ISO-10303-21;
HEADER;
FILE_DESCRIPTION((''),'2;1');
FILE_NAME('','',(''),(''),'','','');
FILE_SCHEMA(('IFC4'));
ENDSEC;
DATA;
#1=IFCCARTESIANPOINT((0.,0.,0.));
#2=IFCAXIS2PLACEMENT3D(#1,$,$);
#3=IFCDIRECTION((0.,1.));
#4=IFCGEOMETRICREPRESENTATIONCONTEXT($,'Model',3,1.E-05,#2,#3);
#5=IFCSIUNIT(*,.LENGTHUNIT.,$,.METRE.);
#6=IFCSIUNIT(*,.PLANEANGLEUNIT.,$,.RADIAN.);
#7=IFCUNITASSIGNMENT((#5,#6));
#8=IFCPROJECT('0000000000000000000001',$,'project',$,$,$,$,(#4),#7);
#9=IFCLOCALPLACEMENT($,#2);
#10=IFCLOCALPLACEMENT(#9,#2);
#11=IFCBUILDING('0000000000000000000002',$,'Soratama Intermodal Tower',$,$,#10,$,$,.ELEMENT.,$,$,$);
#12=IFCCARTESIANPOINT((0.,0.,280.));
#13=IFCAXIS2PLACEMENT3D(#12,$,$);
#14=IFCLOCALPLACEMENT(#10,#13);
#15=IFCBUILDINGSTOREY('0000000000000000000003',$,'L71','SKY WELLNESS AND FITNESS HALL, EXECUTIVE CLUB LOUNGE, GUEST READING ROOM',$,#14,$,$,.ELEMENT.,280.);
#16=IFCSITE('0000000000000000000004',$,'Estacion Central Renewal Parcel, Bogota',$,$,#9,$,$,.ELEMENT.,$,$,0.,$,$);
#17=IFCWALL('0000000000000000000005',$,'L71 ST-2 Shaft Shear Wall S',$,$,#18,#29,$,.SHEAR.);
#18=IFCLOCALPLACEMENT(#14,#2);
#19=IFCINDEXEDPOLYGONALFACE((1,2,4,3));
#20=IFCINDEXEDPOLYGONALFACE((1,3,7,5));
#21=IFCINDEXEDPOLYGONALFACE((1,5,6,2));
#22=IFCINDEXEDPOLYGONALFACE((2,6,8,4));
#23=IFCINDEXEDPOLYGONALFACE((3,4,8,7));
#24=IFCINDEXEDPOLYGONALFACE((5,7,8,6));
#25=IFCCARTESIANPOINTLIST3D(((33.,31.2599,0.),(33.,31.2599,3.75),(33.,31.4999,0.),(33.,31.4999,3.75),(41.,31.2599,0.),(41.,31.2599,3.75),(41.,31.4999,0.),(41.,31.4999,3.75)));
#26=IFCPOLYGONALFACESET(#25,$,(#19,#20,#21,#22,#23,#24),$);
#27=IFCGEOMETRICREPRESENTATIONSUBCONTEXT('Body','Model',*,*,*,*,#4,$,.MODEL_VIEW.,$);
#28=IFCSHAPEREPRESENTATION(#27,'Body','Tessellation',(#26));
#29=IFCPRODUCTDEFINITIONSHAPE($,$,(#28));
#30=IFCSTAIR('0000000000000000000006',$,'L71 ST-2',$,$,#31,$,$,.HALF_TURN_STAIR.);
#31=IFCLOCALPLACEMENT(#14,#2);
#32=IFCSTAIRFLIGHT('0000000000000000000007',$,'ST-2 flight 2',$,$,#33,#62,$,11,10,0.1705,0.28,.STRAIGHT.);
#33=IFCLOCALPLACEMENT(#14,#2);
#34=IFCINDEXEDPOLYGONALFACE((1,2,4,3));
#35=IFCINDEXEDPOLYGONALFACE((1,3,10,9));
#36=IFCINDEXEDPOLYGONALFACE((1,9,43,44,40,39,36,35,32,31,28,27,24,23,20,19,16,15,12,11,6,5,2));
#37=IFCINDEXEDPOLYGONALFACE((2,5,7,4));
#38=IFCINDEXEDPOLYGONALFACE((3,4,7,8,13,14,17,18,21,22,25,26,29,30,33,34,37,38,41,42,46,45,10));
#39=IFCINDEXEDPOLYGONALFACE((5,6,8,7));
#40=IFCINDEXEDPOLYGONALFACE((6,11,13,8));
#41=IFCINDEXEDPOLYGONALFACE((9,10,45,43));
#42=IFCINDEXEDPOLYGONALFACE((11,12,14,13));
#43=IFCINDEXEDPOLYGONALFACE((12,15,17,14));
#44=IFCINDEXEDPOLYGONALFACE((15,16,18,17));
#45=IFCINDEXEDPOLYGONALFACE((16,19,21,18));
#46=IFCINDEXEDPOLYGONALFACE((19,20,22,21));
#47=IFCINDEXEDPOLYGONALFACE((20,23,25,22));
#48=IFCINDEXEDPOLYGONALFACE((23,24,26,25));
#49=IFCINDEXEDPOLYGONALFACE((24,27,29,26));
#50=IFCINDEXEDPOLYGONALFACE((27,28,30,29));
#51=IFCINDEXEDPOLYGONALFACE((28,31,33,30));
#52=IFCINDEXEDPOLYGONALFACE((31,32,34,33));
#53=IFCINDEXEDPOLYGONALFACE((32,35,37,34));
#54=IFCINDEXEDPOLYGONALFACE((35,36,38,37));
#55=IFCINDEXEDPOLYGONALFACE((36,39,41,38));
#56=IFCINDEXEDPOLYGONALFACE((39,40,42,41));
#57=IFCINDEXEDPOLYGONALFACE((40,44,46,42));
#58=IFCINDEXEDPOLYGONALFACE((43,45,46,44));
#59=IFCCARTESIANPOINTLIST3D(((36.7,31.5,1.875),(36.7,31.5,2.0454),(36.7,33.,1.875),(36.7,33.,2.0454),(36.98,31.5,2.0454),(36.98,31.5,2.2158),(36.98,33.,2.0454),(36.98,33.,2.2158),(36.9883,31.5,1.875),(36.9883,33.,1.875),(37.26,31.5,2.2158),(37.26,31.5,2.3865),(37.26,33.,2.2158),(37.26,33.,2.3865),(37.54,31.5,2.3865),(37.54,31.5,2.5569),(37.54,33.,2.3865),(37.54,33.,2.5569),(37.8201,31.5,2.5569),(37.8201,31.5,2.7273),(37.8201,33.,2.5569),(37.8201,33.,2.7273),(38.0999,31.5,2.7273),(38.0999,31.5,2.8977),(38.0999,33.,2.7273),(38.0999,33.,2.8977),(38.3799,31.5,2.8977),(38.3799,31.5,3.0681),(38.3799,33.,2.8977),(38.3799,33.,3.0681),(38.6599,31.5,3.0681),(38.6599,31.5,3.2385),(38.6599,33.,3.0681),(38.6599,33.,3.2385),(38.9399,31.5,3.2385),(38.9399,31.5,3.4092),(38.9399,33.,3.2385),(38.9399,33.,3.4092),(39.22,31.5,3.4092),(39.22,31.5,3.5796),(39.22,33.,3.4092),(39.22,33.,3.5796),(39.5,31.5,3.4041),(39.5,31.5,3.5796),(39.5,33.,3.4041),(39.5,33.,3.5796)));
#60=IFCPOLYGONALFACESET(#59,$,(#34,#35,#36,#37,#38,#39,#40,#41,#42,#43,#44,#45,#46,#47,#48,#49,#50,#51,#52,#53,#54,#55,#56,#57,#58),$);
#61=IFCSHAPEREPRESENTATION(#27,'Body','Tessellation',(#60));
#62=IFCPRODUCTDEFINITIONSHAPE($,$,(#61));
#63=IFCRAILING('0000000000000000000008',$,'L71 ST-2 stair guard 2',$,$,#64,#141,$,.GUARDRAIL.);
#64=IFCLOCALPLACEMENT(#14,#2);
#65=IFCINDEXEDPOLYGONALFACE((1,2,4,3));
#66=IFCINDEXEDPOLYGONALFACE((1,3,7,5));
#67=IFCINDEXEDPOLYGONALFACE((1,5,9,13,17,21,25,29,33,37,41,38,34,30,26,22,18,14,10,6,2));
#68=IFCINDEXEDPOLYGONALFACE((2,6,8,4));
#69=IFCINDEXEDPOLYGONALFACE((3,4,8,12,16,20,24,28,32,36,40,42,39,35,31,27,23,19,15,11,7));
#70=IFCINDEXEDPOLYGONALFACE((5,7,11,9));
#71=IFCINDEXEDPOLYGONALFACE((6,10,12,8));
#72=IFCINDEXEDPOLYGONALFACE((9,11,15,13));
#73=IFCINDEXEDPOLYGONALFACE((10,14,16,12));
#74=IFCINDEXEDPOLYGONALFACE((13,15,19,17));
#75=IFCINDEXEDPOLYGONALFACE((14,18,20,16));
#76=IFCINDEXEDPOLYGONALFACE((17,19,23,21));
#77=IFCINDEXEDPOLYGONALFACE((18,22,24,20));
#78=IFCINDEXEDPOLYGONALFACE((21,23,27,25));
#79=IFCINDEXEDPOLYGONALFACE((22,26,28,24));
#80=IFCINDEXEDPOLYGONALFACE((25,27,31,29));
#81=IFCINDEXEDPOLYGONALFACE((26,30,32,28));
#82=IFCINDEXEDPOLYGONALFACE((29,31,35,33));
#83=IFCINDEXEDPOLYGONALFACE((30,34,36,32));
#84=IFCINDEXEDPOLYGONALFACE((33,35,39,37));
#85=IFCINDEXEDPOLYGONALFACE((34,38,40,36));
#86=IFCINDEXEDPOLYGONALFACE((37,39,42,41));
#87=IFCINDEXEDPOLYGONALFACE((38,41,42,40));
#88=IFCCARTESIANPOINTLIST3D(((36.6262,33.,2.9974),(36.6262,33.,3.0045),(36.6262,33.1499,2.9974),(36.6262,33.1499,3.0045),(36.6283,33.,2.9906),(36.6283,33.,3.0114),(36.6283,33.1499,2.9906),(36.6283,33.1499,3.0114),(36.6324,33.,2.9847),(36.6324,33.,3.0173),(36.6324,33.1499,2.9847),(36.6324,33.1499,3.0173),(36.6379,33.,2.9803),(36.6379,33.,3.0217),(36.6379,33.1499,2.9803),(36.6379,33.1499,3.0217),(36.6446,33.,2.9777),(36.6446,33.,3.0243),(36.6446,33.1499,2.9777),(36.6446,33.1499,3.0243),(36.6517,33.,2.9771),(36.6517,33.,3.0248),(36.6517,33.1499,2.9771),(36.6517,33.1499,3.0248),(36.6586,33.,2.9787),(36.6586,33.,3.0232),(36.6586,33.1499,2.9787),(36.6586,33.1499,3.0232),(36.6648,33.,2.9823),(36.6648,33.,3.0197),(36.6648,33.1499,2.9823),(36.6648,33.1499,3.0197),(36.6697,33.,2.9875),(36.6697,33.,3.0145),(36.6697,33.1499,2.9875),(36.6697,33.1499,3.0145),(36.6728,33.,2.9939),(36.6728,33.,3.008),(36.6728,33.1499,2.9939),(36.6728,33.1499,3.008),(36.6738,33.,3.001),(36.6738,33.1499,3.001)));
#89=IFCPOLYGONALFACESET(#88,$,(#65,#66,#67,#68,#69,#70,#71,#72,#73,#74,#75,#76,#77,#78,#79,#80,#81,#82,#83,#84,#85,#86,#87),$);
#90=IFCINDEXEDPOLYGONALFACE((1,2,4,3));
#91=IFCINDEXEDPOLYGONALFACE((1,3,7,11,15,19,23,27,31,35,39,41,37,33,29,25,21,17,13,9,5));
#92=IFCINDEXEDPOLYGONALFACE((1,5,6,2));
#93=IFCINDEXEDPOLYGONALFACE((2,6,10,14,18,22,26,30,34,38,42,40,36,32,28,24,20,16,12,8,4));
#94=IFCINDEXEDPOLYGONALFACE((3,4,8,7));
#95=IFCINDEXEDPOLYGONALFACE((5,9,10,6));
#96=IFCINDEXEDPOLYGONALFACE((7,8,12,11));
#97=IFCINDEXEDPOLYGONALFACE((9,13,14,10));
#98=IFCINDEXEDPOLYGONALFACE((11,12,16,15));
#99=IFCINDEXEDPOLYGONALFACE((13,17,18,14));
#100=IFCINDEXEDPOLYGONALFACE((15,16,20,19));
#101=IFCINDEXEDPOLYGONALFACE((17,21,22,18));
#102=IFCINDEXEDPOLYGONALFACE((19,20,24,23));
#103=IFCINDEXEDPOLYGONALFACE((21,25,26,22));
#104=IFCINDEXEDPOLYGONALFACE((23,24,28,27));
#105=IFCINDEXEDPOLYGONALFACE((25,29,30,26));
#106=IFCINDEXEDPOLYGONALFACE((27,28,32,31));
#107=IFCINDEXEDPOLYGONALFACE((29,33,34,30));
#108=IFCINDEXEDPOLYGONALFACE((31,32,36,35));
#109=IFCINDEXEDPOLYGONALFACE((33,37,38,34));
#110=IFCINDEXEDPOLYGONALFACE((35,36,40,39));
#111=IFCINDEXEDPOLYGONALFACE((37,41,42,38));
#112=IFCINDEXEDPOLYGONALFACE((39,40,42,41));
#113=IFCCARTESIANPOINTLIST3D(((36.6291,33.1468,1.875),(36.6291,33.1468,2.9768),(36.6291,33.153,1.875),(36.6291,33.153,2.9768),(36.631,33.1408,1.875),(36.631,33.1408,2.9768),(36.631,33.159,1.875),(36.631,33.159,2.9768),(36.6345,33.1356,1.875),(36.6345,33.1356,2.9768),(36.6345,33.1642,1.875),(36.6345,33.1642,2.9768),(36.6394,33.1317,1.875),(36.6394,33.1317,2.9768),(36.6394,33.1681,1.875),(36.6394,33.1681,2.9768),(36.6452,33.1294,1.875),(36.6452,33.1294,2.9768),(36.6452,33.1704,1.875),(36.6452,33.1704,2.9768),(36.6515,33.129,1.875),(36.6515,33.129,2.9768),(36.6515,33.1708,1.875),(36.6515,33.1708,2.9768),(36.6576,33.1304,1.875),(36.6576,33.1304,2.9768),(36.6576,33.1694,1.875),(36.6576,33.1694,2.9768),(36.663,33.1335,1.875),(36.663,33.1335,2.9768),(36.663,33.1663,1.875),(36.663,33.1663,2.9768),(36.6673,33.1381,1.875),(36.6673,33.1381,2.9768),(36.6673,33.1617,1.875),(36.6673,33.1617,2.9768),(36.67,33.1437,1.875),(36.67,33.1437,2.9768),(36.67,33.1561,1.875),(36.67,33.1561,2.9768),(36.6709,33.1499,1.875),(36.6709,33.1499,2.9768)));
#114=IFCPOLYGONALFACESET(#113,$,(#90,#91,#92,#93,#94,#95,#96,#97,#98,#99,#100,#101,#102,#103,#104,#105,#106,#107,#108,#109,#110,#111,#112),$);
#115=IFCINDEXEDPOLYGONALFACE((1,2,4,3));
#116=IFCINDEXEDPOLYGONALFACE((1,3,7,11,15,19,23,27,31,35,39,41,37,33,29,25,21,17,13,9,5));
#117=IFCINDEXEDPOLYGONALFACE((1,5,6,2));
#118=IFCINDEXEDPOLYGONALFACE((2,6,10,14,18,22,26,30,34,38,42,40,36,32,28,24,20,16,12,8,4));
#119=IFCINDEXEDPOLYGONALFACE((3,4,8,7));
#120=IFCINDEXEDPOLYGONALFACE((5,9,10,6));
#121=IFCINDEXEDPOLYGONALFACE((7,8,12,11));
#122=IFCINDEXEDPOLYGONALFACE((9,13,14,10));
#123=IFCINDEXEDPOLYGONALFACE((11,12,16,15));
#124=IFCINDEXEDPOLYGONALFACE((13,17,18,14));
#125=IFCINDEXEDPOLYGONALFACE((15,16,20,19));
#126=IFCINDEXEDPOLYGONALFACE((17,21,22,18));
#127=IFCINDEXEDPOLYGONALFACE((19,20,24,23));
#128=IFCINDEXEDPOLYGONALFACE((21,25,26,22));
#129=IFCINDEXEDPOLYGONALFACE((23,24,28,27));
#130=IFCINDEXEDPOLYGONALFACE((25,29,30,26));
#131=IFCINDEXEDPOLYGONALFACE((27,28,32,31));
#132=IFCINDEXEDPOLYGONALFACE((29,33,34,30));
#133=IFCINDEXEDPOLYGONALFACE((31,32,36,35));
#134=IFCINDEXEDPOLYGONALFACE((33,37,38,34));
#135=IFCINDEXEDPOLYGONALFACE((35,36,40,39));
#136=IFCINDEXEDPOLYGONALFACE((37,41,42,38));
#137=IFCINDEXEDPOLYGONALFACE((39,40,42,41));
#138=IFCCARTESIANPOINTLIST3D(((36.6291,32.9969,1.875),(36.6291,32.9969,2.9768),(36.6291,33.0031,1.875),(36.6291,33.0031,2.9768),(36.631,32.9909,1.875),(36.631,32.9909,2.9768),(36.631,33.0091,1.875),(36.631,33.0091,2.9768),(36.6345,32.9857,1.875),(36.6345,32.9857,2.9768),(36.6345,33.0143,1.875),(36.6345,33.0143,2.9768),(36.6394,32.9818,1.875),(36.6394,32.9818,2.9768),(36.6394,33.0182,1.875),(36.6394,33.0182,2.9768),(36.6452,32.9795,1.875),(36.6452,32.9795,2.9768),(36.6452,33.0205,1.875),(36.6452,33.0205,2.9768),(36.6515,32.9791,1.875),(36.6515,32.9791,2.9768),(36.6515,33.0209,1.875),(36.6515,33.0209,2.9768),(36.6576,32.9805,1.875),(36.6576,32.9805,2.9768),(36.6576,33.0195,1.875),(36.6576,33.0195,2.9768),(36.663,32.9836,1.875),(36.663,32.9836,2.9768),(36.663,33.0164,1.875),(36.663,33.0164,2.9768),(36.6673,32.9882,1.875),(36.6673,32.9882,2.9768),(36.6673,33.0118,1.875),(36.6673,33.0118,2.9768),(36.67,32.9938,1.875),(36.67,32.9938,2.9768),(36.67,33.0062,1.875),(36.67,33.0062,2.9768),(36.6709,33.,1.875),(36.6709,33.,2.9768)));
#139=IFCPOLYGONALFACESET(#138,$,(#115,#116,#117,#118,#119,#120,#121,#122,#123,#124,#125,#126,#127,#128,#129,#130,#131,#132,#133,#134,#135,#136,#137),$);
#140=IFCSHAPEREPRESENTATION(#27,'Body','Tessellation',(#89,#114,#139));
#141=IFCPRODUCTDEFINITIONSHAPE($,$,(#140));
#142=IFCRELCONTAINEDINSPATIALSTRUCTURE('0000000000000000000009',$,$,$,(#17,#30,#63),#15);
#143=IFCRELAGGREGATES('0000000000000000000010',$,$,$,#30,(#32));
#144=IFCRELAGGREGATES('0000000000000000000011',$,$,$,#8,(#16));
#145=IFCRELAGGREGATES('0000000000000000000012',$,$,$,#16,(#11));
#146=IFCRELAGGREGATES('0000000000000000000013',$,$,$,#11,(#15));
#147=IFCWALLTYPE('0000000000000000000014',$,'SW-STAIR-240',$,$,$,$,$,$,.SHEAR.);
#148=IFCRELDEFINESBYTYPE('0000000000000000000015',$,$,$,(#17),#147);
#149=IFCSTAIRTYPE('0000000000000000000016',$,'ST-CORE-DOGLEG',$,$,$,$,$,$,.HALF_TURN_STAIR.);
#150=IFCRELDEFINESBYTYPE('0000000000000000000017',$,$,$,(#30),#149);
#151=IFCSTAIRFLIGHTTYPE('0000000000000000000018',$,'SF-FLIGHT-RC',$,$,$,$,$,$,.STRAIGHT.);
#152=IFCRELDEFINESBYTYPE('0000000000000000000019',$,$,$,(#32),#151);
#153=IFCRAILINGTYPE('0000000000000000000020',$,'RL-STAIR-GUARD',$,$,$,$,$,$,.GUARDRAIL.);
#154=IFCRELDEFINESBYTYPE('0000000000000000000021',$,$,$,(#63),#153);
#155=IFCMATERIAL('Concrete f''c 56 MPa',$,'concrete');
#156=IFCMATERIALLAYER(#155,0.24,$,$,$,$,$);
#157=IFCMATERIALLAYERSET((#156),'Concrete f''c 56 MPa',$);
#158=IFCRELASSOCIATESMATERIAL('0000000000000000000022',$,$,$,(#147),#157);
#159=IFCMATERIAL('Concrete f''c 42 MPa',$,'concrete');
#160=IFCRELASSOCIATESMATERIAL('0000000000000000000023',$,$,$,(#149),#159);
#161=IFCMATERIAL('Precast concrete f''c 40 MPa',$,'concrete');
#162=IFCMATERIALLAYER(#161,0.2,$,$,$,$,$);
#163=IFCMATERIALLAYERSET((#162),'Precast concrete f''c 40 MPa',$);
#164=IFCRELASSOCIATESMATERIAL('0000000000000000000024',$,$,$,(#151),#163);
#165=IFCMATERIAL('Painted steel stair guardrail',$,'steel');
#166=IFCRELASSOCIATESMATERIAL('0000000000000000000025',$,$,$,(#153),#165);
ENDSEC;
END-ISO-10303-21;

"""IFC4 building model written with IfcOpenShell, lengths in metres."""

from ifc_helpers import new_model, si_unit, direction, frame, frame_2d, origin, origin_2d, place, context, subcontext, project, spatial, polyline, rectangle, circle, outline, extrude, material, layer, layer_set, type_object, element, aggregate, save


model = new_model("IFC4")

# Units and contexts
model_context = context("Model", 3, precision=1e-05, world=origin(), true_north=direction((0.0, 1.0)))
body_context = subcontext(model_context, "Body", "Model", "MODEL_VIEW")
ifc_project = project(units=[si_unit("LENGTHUNIT", "METRE"), si_unit("PLANEANGLEUNIT", "RADIAN")], contexts=[model_context])

# Site, building, storey
site_placement = place(None, origin())
site = spatial("IfcSite", under=ifc_project, at=site_placement, Name="Estacion Central Renewal Parcel, Bogota", CompositionType="ELEMENT", RefElevation=0.0)
building_placement = place(site_placement, origin())
building = spatial("IfcBuilding", under=site, at=building_placement, Name="Soratama Intermodal Tower", CompositionType="ELEMENT")
storey_placement = place(building_placement, frame((0.0, 0.0, 280.0)))
storey = spatial("IfcBuildingStorey", under=building, at=storey_placement, Name="L71", Description="SKY WELLNESS AND FITNESS HALL, EXECUTIVE CLUB LOUNGE, GUEST READING ROOM", CompositionType="ELEMENT", Elevation=280.0)

# Wall
ifc_material_1 = material(Name="Concrete f'c 56 MPa", Category="concrete")
ifc_layer_1 = layer(ifc_material_1, 0.24)
ifc_layer_set_1 = layer_set([ifc_layer_1], Name="Concrete f'c 56 MPa")
wall_type_1 = type_object("IfcWallType", Name="SW-STAIR-240", PredefinedType="SHEAR", material=ifc_layer_set_1)
wall_1_placement = place(storey_placement, frame((33.0, 31.3799, 0.0), z_axis=(0.0, 0.0, 1.0), x_axis=(1.0, 0.0, 0.0)))
element("IfcWall", 1, at=wall_1_placement, inside=storey, type_object=wall_type_1, Name="L71 ST-2 Shaft Shear Wall S", PredefinedType="SHEAR", context=body_context, shape_type="SweptSolid", body=[
    extrude(rectangle(XDim=8.0, YDim=0.24, at=frame_2d((4.0, 0.0))), origin(), (0.0, 0.0, 1.0), 3.75),
])

# Stair, stair flight
ifc_material_2 = material(Name="Concrete f'c 42 MPa", Category="concrete")
stair_type = type_object("IfcStairType", Name="ST-CORE-DOGLEG", PredefinedType="HALF_TURN_STAIR", material=ifc_material_2)
stair_placement = place(storey_placement, origin())
stair = element("IfcStair", 2, at=stair_placement, inside=storey, type_object=stair_type, Name="L71 ST-2", PredefinedType="HALF_TURN_STAIR")
ifc_material_3 = material(Name="Precast concrete f'c 40 MPa", Category="concrete")
ifc_layer_2 = layer(ifc_material_3, 0.2)
ifc_layer_set_2 = layer_set([ifc_layer_2], Name="Precast concrete f'c 40 MPa")
stair_flight_type = type_object("IfcStairFlightType", Name="SF-FLIGHT-RC", PredefinedType="STRAIGHT", material=ifc_layer_set_2)
stair_flight_placement = place(storey_placement, frame((36.7, 32.25, 1.875), z_axis=(0.0, 0.0, 1.0), x_axis=(1.0, 0.0, 0.0)))
stair_flight = element("IfcStairFlight", 3, at=stair_flight_placement, type_object=stair_flight_type, Name="ST-2 flight 2", NumberOfRisers=11, NumberOfTreads=10, PredefinedType="STRAIGHT", RiserHeight=0.1705, TreadLength=0.28, context=body_context, shape_type="SweptSolid", body=[
    extrude(outline(polyline([(0.0, 0.0), (0.0, 0.1704), (0.28, 0.1704), (0.28, 0.3408), (0.5601, 0.3408), (0.5601, 0.5115), (0.8401, 0.5115), (0.8401, 0.6819), (1.1201, 0.6819), (1.1201, 0.8523), (1.3999, 0.8523), (1.3999, 1.0227), (1.6799, 1.0227), (1.6799, 1.1931), (1.96, 1.1931), (1.96, 1.3635), (2.24, 1.3635), (2.24, 1.5342), (2.52, 1.5342), (2.52, 1.7046), (2.8, 1.7046), (2.8, 1.875), (2.8, 1.5291), (0.2883, 0.0), (0.0, 0.0)])), frame((0.0, 0.75, 0.0), z_axis=(0.0, -1.0, 0.0), x_axis=(1.0, 0.0, 0.0)), (0.0, 0.0, 1.0), 1.5),
])
aggregate(stair, [stair_flight])

# Railing
ifc_material_4 = material(Name="Painted steel stair guardrail", Category="steel")
railing_type_1 = type_object("IfcRailingType", Name="RL-STAIR-GUARD", PredefinedType="GUARDRAIL", material=ifc_material_4)
railing_1_placement = place(storey_placement, frame((36.6499, 33.1499, 1.875)))
element("IfcRailing", 4, at=railing_1_placement, inside=storey, type_object=railing_type_1, Name="L71 ST-2 stair guard 2", PredefinedType="GUARDRAIL", context=body_context, shape_type="SweptSolid", body=[
    extrude(circle(Radius=0.0239, at=origin_2d()), frame((0.0, 0.0, 1.126), z_axis=(0.0, -1.0, 0.0), x_axis=(1.0, 0.0, 0.0)), (0.0, 0.0, 1.0), 0.1499),
    extrude(circle(Radius=0.021, at=origin_2d()), origin(), (0.0, 0.0, 1.0), 1.1018),
    extrude(circle(Radius=0.021, at=origin_2d()), frame((0.0, -0.1499, 0.0)), (0.0, 0.0, 1.0), 1.1018),
])

save(model, "model.ifc")
